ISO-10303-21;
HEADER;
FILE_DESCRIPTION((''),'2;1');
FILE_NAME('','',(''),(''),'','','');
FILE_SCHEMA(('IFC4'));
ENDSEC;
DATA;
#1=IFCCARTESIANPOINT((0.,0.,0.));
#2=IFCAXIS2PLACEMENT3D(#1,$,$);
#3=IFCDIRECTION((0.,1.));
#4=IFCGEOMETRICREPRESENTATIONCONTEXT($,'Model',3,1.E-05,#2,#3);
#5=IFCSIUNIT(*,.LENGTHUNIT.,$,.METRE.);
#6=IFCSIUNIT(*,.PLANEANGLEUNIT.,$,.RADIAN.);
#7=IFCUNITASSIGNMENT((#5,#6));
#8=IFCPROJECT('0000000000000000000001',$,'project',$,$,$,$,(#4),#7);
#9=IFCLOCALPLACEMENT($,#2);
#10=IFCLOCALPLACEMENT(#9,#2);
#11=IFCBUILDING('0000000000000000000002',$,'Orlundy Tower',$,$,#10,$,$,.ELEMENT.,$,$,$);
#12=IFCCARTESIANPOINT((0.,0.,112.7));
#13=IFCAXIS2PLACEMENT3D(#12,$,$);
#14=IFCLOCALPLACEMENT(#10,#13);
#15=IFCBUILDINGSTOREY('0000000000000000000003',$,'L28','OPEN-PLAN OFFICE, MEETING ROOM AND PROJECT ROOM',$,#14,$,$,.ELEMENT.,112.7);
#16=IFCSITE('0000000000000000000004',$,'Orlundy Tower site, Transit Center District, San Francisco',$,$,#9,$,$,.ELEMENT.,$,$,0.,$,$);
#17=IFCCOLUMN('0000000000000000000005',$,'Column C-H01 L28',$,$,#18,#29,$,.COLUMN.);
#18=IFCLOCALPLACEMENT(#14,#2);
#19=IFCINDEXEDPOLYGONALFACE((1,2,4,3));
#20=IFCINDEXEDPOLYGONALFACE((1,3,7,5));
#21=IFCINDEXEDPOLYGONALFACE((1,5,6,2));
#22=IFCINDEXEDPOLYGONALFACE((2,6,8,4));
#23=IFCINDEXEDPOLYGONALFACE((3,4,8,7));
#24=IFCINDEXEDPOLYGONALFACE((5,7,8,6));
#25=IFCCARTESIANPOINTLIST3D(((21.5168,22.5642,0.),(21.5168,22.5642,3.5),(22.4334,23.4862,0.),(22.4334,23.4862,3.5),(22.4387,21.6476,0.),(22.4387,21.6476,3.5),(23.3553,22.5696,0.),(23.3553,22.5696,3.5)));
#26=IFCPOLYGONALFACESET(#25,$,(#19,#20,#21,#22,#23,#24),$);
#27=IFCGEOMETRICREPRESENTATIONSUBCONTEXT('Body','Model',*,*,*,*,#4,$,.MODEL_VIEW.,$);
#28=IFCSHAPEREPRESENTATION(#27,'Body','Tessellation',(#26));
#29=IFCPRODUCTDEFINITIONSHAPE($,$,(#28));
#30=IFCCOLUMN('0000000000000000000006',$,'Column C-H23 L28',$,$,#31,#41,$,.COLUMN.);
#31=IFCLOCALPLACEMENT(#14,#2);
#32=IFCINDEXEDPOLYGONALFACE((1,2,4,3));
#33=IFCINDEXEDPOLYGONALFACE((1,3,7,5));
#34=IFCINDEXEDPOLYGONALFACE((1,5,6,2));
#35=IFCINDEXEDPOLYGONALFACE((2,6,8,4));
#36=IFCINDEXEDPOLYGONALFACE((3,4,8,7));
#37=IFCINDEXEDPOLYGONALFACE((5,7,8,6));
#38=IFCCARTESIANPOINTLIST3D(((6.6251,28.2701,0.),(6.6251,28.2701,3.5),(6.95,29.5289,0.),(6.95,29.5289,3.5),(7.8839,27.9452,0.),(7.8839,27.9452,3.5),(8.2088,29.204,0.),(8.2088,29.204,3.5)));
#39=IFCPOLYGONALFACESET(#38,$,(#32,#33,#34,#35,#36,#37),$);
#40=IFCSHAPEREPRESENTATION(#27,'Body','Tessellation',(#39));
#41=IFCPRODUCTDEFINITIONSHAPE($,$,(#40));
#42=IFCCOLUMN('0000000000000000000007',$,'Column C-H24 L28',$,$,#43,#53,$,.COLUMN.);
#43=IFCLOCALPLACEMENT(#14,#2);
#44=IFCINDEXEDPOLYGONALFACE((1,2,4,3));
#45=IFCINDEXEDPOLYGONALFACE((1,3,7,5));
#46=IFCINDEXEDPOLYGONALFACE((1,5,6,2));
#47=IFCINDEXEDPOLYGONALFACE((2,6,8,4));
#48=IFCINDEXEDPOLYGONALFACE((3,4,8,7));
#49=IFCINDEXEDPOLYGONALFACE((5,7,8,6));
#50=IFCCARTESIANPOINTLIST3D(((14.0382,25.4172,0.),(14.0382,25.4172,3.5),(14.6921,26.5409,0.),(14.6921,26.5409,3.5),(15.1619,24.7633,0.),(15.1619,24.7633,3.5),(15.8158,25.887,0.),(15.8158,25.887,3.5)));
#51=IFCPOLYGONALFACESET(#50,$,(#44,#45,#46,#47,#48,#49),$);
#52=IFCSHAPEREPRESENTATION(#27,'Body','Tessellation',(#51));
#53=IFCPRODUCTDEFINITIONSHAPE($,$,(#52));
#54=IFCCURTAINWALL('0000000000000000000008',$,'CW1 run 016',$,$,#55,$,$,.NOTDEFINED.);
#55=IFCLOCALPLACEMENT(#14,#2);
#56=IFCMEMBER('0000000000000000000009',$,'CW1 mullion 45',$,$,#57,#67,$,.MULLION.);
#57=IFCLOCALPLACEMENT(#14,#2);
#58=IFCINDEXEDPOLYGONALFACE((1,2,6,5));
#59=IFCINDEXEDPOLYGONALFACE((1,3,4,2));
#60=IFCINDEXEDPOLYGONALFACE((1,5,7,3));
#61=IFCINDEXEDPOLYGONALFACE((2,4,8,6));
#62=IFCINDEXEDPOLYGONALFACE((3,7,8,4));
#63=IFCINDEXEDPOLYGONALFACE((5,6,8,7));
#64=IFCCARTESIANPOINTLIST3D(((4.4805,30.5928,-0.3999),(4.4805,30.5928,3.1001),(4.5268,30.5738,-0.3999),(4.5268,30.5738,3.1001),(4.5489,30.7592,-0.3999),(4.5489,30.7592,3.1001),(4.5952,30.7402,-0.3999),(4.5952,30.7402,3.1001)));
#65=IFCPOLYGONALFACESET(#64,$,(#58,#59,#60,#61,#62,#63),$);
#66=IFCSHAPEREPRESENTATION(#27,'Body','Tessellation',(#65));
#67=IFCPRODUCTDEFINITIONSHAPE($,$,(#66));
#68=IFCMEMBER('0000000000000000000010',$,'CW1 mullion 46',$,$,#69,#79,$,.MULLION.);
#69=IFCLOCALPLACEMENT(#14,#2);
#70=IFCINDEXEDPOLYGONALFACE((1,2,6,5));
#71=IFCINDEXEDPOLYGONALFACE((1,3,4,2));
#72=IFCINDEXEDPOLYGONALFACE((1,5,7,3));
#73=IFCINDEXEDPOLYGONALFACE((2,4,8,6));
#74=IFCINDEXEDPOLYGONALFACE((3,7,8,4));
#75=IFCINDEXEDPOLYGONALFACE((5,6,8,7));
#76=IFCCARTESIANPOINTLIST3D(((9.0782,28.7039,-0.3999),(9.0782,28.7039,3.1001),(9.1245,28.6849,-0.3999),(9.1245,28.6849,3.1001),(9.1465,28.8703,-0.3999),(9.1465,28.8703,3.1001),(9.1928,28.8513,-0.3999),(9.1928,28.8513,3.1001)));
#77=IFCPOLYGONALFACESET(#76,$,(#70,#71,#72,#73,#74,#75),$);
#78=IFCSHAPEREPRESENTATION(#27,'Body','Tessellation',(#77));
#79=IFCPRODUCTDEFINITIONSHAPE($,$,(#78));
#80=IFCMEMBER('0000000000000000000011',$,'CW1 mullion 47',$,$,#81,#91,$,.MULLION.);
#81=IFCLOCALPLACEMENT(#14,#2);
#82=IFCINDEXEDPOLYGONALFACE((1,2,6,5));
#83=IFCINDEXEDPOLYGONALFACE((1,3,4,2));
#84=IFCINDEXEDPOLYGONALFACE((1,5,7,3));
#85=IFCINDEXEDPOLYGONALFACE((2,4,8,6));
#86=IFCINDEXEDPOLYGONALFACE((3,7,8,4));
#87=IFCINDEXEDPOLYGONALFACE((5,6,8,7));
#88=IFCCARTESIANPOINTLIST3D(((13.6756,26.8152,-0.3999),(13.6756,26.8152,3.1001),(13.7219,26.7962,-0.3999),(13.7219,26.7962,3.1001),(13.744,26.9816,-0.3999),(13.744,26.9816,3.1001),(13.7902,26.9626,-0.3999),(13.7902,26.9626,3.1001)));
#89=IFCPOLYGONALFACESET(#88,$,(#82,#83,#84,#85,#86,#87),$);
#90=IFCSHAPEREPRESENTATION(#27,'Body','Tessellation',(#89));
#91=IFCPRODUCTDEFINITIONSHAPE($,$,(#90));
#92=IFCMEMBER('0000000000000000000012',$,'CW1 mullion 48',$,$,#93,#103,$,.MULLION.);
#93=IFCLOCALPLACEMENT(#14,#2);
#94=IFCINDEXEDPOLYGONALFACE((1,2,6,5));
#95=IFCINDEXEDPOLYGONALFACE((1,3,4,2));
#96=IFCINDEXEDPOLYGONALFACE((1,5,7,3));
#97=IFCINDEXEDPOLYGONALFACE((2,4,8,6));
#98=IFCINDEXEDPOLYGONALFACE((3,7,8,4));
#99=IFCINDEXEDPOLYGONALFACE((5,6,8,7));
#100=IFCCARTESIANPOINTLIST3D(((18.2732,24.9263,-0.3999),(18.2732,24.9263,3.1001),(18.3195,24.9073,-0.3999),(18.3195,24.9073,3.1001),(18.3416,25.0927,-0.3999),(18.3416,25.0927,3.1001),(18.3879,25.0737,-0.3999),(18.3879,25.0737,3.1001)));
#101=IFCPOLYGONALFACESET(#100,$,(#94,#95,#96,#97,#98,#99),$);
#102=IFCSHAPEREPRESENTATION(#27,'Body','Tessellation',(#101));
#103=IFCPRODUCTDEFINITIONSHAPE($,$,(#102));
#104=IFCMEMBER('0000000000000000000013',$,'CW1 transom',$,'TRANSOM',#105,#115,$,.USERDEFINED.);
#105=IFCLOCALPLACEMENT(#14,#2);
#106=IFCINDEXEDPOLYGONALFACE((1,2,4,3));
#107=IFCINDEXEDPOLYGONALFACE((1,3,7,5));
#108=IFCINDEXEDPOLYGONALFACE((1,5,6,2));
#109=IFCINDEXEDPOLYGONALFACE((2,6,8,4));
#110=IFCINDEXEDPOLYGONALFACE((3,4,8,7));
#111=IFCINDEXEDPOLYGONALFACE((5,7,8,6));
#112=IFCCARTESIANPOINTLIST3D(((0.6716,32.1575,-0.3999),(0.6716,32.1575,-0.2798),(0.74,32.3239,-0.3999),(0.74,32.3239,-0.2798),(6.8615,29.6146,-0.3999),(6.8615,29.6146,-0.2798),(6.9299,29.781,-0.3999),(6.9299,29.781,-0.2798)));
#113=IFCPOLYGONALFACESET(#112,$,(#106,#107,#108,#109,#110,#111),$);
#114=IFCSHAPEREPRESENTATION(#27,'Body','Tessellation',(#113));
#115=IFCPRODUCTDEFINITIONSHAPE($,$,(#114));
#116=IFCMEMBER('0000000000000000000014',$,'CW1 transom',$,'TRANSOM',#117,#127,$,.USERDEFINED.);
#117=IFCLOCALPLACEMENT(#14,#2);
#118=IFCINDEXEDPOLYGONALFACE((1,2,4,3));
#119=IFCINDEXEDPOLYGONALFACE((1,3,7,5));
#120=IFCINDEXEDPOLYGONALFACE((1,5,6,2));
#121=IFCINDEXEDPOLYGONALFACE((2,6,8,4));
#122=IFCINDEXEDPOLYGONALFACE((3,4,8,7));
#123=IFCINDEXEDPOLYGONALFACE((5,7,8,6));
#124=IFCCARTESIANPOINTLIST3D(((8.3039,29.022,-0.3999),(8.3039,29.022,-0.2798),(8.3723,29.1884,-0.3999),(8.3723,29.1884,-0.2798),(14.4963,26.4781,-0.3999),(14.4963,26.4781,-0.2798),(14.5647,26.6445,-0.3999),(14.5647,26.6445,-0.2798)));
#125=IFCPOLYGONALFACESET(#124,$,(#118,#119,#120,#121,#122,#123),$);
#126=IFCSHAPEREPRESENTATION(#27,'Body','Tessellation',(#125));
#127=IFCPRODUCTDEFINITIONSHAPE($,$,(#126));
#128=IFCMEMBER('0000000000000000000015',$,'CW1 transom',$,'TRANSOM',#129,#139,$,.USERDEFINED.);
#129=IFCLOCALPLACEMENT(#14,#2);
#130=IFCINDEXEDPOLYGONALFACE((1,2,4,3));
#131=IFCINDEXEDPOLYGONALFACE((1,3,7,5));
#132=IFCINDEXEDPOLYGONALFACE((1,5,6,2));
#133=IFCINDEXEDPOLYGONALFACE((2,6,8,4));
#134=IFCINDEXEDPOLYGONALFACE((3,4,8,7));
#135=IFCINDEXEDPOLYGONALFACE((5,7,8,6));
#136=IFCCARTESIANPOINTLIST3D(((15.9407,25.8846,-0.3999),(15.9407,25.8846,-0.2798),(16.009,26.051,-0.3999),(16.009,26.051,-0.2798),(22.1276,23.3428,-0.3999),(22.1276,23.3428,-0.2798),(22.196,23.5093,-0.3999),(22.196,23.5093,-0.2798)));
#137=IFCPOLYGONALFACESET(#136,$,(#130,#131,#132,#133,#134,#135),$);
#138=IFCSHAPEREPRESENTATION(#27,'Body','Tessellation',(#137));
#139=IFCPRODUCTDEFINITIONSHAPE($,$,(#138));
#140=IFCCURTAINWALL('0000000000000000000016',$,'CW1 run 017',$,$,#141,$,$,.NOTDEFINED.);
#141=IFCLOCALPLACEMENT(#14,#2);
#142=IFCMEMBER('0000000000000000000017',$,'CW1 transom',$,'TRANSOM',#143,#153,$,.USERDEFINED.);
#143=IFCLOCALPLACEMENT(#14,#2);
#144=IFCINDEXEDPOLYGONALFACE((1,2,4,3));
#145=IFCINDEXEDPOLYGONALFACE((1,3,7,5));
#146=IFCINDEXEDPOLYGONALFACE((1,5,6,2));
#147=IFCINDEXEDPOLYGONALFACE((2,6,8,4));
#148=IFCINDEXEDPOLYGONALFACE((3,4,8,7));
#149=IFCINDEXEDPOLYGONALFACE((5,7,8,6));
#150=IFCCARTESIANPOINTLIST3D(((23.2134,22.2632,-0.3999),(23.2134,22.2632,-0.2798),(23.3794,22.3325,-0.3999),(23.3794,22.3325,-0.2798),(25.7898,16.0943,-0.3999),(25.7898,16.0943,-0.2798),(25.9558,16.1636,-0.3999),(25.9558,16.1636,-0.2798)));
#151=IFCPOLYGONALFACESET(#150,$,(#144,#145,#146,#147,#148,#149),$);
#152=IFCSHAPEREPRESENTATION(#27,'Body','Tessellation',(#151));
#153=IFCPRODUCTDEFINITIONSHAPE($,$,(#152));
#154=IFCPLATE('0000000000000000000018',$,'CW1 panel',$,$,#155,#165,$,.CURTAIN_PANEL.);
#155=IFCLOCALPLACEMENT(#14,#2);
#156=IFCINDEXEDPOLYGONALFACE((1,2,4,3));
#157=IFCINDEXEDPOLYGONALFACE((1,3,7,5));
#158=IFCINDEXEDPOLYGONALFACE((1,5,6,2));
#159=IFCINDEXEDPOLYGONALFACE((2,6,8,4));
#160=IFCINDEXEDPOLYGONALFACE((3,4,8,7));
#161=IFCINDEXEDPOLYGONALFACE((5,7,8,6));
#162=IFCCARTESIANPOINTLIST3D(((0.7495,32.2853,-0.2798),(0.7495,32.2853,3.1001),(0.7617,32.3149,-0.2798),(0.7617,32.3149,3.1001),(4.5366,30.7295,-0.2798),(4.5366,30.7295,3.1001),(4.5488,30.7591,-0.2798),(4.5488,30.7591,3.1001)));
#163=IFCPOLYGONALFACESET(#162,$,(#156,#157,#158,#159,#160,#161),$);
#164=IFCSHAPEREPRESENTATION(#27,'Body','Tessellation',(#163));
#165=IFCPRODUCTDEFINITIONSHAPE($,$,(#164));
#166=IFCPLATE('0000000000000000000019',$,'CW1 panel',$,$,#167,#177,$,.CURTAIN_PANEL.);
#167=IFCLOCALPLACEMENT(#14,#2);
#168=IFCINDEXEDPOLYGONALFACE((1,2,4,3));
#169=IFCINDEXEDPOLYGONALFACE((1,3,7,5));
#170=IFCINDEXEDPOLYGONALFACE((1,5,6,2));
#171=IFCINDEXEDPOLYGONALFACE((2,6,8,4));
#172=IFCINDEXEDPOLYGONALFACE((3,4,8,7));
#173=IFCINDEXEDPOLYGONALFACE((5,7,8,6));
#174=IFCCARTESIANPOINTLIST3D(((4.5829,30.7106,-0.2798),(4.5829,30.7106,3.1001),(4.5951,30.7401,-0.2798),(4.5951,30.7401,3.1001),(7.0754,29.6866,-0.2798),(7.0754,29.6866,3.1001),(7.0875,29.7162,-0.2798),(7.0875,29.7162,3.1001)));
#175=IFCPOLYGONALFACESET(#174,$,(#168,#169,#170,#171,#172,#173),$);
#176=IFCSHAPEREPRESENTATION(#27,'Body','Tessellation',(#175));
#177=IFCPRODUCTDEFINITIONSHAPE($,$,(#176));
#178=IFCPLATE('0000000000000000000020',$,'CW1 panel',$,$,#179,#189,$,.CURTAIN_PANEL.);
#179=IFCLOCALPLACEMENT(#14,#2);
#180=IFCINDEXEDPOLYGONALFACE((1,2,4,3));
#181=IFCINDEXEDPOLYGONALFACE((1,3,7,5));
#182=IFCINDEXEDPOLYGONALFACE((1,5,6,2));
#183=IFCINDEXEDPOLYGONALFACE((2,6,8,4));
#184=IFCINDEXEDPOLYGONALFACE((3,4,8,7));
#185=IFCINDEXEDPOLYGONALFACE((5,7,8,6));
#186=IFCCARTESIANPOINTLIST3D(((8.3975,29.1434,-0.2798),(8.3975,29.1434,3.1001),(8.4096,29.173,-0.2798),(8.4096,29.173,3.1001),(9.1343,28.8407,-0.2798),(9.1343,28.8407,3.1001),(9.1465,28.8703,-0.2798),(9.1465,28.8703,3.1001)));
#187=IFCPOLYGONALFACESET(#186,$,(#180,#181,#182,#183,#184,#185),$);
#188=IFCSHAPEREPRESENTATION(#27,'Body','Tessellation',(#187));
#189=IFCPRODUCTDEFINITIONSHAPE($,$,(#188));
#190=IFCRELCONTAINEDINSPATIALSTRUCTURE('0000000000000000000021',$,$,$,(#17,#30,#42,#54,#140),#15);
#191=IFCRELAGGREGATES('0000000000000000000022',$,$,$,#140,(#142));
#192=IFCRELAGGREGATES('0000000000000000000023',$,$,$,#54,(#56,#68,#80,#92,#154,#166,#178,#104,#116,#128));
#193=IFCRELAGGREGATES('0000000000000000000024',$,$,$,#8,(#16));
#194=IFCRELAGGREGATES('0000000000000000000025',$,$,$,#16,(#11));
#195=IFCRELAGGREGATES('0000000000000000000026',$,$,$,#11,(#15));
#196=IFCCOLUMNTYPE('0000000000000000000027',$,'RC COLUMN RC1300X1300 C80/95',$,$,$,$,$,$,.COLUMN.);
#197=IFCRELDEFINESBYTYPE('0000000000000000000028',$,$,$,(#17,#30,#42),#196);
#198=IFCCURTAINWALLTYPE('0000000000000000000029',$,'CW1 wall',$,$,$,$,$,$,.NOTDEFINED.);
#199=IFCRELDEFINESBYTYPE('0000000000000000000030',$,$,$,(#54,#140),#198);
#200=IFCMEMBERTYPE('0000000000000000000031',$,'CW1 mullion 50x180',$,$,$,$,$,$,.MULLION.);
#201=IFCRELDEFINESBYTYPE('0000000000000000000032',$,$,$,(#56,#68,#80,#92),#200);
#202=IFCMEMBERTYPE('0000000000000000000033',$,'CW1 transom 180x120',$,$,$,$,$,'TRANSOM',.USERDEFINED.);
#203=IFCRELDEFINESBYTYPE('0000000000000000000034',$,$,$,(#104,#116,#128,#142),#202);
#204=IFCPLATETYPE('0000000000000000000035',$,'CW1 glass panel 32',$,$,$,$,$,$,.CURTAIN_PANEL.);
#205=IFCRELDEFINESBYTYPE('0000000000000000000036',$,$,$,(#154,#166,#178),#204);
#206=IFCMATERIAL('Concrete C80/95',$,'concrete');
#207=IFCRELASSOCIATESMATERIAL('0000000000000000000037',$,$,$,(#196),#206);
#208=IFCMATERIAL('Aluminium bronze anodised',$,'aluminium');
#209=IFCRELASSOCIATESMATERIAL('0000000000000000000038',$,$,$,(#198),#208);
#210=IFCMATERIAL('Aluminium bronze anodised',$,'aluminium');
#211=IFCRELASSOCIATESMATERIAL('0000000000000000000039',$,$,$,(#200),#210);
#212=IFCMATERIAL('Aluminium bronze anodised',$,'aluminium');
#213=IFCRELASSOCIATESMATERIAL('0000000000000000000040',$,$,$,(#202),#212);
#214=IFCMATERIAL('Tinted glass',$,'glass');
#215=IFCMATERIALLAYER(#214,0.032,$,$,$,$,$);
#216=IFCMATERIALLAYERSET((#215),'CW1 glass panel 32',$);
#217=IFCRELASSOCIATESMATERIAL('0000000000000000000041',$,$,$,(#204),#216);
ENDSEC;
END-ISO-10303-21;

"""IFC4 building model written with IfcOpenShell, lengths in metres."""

from ifc_helpers import new_model, si_unit, direction, frame, origin, origin_2d, place, context, subcontext, project, spatial, rectangle, extrude, material, layer, layer_set, material_profile, profile_set, type_object, element, aggregate, save


model = new_model("IFC4")

# Units and contexts
model_context = context("Model", 3, precision=1e-05, world=origin(), true_north=direction((0.0, 1.0)))
body_context = subcontext(model_context, "Body", "Model", "MODEL_VIEW")
ifc_project = project(units=[si_unit("LENGTHUNIT", "METRE"), si_unit("PLANEANGLEUNIT", "RADIAN")], contexts=[model_context])

# Site, building, storey
site_placement = place(None, origin())
site = spatial("IfcSite", under=ifc_project, at=site_placement, Name="Orlundy Tower site, Transit Center District, San Francisco", CompositionType="ELEMENT", RefElevation=0.0)
building_placement = place(site_placement, origin())
building = spatial("IfcBuilding", under=site, at=building_placement, Name="Orlundy Tower", CompositionType="ELEMENT")
storey_placement = place(building_placement, frame((0.0, 0.0, 112.7)))
storey = spatial("IfcBuildingStorey", under=building, at=storey_placement, Name="L28", Description="OPEN-PLAN OFFICE, MEETING ROOM AND PROJECT ROOM", CompositionType="ELEMENT", Elevation=112.7)

# Columns
ifc_material_1 = material(Name="Concrete C80/95", Category="concrete")
ifc_material_profile_1 = material_profile(ifc_material_1, rectangle(XDim=1.3, YDim=1.3, at=origin_2d()), Name="RC1300X1300")
ifc_profile_set_1 = profile_set([ifc_material_profile_1], Name="Concrete C80/95")
column_type = type_object("IfcColumnType", Name="RC COLUMN RC1300X1300 C80/95", PredefinedType="COLUMN", material=ifc_profile_set_1)
for number, where, z_axis, x_axis, name in (
    (1, (22.436, 22.5669, 0.0), (0.0, 0.0, 1.0), (0.705043, 0.709165, 0.0), "Column C-H01 L28"),
    (2, (7.417, 28.7371, 0.0), (0.0, 0.0, 1.0), (0.249907, 0.96827, 0.0), "Column C-H23 L28"),
    (3, (14.927, 25.6521, 0.0), (0.0, 0.0, 1.0), (0.502945, 0.864319, 0.0), "Column C-H24 L28"),
):
    element("IfcColumn", number, at=place(storey_placement, frame(where, z_axis=z_axis, x_axis=x_axis)), inside=storey, type_object=column_type, Name=name, PredefinedType="COLUMN", context=body_context, shape_type="SweptSolid", body=[
        extrude(rectangle(XDim=1.3, YDim=1.3, at=origin_2d()), origin(), (0.0, 0.0, 1.0), 3.5),
    ])

# Curtain wall, members
ifc_material_2 = material(Name="Aluminium bronze anodised", Category="aluminium")
curtain_wall_type = type_object("IfcCurtainWallType", Name="CW1 wall", PredefinedType="NOTDEFINED", material=ifc_material_2)
curtain_wall_1_placement = place(storey_placement, origin())
curtain_wall_1 = element("IfcCurtainWall", 4, at=curtain_wall_1_placement, inside=storey, type_object=curtain_wall_type, Name="CW1 run 016", PredefinedType="NOTDEFINED")
ifc_material_3 = material(Name="Aluminium bronze anodised", Category="aluminium")
ifc_material_profile_2 = material_profile(ifc_material_3, rectangle(XDim=0.1799, YDim=0.05, at=origin_2d()), Name="CW1 mullion 50x180")
ifc_profile_set_2 = profile_set([ifc_material_profile_2], Name="Aluminium bronze anodised")
member_type_1 = type_object("IfcMemberType", Name="CW1 mullion 50x180", PredefinedType="MULLION", material=ifc_profile_set_2)
member_1_placement = place(storey_placement, frame((4.5378, 30.6665, -0.3999), z_axis=(0.0, 0.0, 1.0), x_axis=(0.380005, 0.924984, 0.0)))
member_1 = element("IfcMember", 5, at=member_1_placement, type_object=member_type_1, Name="CW1 mullion 45", PredefinedType="MULLION", context=body_context, shape_type="SweptSolid", body=[
    extrude(rectangle(XDim=0.1799, YDim=0.05, at=origin_2d()), origin(), (0.0, 0.0, 1.0), 3.5),
])
member_2_placement = place(storey_placement, frame((9.1355, 28.7776, -0.3999), z_axis=(0.0, 0.0, 1.0), x_axis=(0.380005, 0.924984, 0.0)))
member_2 = element("IfcMember", 6, at=member_2_placement, type_object=member_type_1, Name="CW1 mullion 46", PredefinedType="MULLION", context=body_context, shape_type="SweptSolid", body=[
    extrude(rectangle(XDim=0.1799, YDim=0.05, at=origin_2d()), origin(), (0.0, 0.0, 1.0), 3.5),
])
member_3_placement = place(storey_placement, frame((13.7329, 26.8889, -0.3999), z_axis=(0.0, 0.0, 1.0), x_axis=(0.380005, 0.924984, 0.0)))
member_3 = element("IfcMember", 7, at=member_3_placement, type_object=member_type_1, Name="CW1 mullion 47", PredefinedType="MULLION", context=body_context, shape_type="SweptSolid", body=[
    extrude(rectangle(XDim=0.1799, YDim=0.05, at=origin_2d()), origin(), (0.0, 0.0, 1.0), 3.5),
])
member_4_placement = place(storey_placement, frame((18.3306, 25.0, -0.3999), z_axis=(0.0, 0.0, 1.0), x_axis=(0.380005, 0.924984, 0.0)))
member_4 = element("IfcMember", 8, at=member_4_placement, type_object=member_type_1, Name="CW1 mullion 48", PredefinedType="MULLION", context=body_context, shape_type="SweptSolid", body=[
    extrude(rectangle(XDim=0.1799, YDim=0.05, at=origin_2d()), origin(), (0.0, 0.0, 1.0), 3.5),
])
ifc_material_4 = material(Name="Aluminium bronze anodised", Category="aluminium")
ifc_material_profile_3 = material_profile(ifc_material_4, rectangle(XDim=0.1799, YDim=0.1201, at=origin_2d()), Name="CW1 transom 180x120")
ifc_profile_set_3 = profile_set([ifc_material_profile_3], Name="Aluminium bronze anodised")
member_type_2 = type_object("IfcMemberType", Name="CW1 transom 180x120", ElementType="TRANSOM", PredefinedType="USERDEFINED", material=ifc_profile_set_3)
member_5_placement = place(storey_placement, frame((0.7058, 32.2407, -0.3398), z_axis=(0.924985, -0.380005, 0.0), x_axis=(0.380005, 0.924985, 0.0)))
member_5 = element("IfcMember", 9, at=member_5_placement, type_object=member_type_2, Name="CW1 transom", ObjectType="TRANSOM", PredefinedType="USERDEFINED", context=body_context, shape_type="SweptSolid", body=[
    extrude(rectangle(XDim=0.1799, YDim=0.1201, at=origin_2d()), origin(), (0.0, 0.0, 1.0), 6.6919),
])
member_6_placement = place(storey_placement, frame((8.3381, 29.1052, -0.3398), z_axis=(0.924986, -0.380001, 0.0), x_axis=(0.380001, 0.924986, 0.0)))
member_6 = element("IfcMember", 10, at=member_6_placement, type_object=member_type_2, Name="CW1 transom", ObjectType="TRANSOM", PredefinedType="USERDEFINED", context=body_context, shape_type="SweptSolid", body=[
    extrude(rectangle(XDim=0.1799, YDim=0.1201, at=origin_2d()), origin(), (0.0, 0.0, 1.0), 6.6946),
])
member_7_placement = place(storey_placement, frame((15.9749, 25.9678, -0.3398), z_axis=(0.924985, -0.380003, 0.0), x_axis=(0.380003, 0.924985, 0.0)))
member_7 = element("IfcMember", 11, at=member_7_placement, type_object=member_type_2, Name="CW1 transom", ObjectType="TRANSOM", PredefinedType="USERDEFINED", context=body_context, shape_type="SweptSolid", body=[
    extrude(rectangle(XDim=0.1799, YDim=0.1201, at=origin_2d()), origin(), (0.0, 0.0, 1.0), 6.6887),
])

# Curtain wall, member
curtain_wall_2_placement = place(storey_placement, origin())
curtain_wall_2 = element("IfcCurtainWall", 12, at=curtain_wall_2_placement, inside=storey, type_object=curtain_wall_type, Name="CW1 run 017", PredefinedType="NOTDEFINED")
member_8_placement = place(storey_placement, frame((23.2964, 22.2979, -0.3398), z_axis=(0.385383, -0.922757, 0.0), x_axis=(0.922757, 0.385383, 0.0)))
member_8 = element("IfcMember", 13, at=member_8_placement, type_object=member_type_2, Name="CW1 transom", ObjectType="TRANSOM", PredefinedType="USERDEFINED", context=body_context, shape_type="SweptSolid", body=[
    extrude(rectangle(XDim=0.1799, YDim=0.1201, at=origin_2d()), origin(), (0.0, 0.0, 1.0), 6.6853),
])
aggregate(curtain_wall_2, [member_8])

# Plates
ifc_material_5 = material(Name="Tinted glass", Category="glass")
ifc_layer_1 = layer(ifc_material_5, 0.032)
ifc_layer_set_1 = layer_set([ifc_layer_1], Name="CW1 glass panel 32")
plate_type = type_object("IfcPlateType", Name="CW1 glass panel 32", PredefinedType="CURTAIN_PANEL", material=ifc_layer_set_1)
plate_1_placement = place(storey_placement, frame((2.6492, 31.5222, -0.2798), z_axis=(0.0, 0.0, 1.0), x_axis=(0.924984, -0.380005, 0.0)))
plate_1 = element("IfcPlate", 14, at=plate_1_placement, type_object=plate_type, Name="CW1 panel", PredefinedType="CURTAIN_PANEL", context=body_context, shape_type="SweptSolid", body=[
    extrude(rectangle(XDim=4.0942, YDim=0.032, at=origin_2d()), origin(), (0.0, 0.0, 1.0), 3.3799),
])
plate_2_placement = place(storey_placement, frame((5.8352, 30.2134, -0.2798), z_axis=(0.0, 0.0, 1.0), x_axis=(0.924984, -0.380005, 0.0)))
plate_2 = element("IfcPlate", 15, at=plate_2_placement, type_object=plate_type, Name="CW1 panel", PredefinedType="CURTAIN_PANEL", context=body_context, shape_type="SweptSolid", body=[
    extrude(rectangle(XDim=2.6946, YDim=0.032, at=origin_2d()), origin(), (0.0, 0.0, 1.0), 3.3799),
])
plate_3_placement = place(storey_placement, frame((8.772, 29.0068, -0.2798), z_axis=(0.0, 0.0, 1.0), x_axis=(0.924984, -0.380005, 0.0)))
plate_3 = element("IfcPlate", 16, at=plate_3_placement, type_object=plate_type, Name="CW1 panel", PredefinedType="CURTAIN_PANEL", context=body_context, shape_type="SweptSolid", body=[
    extrude(rectangle(XDim=0.7966, YDim=0.032, at=origin_2d()), origin(), (0.0, 0.0, 1.0), 3.3799),
])
aggregate(curtain_wall_1, [member_1, member_2, member_3, member_4, plate_1, plate_2, plate_3, member_5, member_6, member_7])

save(model, "model.ifc")
